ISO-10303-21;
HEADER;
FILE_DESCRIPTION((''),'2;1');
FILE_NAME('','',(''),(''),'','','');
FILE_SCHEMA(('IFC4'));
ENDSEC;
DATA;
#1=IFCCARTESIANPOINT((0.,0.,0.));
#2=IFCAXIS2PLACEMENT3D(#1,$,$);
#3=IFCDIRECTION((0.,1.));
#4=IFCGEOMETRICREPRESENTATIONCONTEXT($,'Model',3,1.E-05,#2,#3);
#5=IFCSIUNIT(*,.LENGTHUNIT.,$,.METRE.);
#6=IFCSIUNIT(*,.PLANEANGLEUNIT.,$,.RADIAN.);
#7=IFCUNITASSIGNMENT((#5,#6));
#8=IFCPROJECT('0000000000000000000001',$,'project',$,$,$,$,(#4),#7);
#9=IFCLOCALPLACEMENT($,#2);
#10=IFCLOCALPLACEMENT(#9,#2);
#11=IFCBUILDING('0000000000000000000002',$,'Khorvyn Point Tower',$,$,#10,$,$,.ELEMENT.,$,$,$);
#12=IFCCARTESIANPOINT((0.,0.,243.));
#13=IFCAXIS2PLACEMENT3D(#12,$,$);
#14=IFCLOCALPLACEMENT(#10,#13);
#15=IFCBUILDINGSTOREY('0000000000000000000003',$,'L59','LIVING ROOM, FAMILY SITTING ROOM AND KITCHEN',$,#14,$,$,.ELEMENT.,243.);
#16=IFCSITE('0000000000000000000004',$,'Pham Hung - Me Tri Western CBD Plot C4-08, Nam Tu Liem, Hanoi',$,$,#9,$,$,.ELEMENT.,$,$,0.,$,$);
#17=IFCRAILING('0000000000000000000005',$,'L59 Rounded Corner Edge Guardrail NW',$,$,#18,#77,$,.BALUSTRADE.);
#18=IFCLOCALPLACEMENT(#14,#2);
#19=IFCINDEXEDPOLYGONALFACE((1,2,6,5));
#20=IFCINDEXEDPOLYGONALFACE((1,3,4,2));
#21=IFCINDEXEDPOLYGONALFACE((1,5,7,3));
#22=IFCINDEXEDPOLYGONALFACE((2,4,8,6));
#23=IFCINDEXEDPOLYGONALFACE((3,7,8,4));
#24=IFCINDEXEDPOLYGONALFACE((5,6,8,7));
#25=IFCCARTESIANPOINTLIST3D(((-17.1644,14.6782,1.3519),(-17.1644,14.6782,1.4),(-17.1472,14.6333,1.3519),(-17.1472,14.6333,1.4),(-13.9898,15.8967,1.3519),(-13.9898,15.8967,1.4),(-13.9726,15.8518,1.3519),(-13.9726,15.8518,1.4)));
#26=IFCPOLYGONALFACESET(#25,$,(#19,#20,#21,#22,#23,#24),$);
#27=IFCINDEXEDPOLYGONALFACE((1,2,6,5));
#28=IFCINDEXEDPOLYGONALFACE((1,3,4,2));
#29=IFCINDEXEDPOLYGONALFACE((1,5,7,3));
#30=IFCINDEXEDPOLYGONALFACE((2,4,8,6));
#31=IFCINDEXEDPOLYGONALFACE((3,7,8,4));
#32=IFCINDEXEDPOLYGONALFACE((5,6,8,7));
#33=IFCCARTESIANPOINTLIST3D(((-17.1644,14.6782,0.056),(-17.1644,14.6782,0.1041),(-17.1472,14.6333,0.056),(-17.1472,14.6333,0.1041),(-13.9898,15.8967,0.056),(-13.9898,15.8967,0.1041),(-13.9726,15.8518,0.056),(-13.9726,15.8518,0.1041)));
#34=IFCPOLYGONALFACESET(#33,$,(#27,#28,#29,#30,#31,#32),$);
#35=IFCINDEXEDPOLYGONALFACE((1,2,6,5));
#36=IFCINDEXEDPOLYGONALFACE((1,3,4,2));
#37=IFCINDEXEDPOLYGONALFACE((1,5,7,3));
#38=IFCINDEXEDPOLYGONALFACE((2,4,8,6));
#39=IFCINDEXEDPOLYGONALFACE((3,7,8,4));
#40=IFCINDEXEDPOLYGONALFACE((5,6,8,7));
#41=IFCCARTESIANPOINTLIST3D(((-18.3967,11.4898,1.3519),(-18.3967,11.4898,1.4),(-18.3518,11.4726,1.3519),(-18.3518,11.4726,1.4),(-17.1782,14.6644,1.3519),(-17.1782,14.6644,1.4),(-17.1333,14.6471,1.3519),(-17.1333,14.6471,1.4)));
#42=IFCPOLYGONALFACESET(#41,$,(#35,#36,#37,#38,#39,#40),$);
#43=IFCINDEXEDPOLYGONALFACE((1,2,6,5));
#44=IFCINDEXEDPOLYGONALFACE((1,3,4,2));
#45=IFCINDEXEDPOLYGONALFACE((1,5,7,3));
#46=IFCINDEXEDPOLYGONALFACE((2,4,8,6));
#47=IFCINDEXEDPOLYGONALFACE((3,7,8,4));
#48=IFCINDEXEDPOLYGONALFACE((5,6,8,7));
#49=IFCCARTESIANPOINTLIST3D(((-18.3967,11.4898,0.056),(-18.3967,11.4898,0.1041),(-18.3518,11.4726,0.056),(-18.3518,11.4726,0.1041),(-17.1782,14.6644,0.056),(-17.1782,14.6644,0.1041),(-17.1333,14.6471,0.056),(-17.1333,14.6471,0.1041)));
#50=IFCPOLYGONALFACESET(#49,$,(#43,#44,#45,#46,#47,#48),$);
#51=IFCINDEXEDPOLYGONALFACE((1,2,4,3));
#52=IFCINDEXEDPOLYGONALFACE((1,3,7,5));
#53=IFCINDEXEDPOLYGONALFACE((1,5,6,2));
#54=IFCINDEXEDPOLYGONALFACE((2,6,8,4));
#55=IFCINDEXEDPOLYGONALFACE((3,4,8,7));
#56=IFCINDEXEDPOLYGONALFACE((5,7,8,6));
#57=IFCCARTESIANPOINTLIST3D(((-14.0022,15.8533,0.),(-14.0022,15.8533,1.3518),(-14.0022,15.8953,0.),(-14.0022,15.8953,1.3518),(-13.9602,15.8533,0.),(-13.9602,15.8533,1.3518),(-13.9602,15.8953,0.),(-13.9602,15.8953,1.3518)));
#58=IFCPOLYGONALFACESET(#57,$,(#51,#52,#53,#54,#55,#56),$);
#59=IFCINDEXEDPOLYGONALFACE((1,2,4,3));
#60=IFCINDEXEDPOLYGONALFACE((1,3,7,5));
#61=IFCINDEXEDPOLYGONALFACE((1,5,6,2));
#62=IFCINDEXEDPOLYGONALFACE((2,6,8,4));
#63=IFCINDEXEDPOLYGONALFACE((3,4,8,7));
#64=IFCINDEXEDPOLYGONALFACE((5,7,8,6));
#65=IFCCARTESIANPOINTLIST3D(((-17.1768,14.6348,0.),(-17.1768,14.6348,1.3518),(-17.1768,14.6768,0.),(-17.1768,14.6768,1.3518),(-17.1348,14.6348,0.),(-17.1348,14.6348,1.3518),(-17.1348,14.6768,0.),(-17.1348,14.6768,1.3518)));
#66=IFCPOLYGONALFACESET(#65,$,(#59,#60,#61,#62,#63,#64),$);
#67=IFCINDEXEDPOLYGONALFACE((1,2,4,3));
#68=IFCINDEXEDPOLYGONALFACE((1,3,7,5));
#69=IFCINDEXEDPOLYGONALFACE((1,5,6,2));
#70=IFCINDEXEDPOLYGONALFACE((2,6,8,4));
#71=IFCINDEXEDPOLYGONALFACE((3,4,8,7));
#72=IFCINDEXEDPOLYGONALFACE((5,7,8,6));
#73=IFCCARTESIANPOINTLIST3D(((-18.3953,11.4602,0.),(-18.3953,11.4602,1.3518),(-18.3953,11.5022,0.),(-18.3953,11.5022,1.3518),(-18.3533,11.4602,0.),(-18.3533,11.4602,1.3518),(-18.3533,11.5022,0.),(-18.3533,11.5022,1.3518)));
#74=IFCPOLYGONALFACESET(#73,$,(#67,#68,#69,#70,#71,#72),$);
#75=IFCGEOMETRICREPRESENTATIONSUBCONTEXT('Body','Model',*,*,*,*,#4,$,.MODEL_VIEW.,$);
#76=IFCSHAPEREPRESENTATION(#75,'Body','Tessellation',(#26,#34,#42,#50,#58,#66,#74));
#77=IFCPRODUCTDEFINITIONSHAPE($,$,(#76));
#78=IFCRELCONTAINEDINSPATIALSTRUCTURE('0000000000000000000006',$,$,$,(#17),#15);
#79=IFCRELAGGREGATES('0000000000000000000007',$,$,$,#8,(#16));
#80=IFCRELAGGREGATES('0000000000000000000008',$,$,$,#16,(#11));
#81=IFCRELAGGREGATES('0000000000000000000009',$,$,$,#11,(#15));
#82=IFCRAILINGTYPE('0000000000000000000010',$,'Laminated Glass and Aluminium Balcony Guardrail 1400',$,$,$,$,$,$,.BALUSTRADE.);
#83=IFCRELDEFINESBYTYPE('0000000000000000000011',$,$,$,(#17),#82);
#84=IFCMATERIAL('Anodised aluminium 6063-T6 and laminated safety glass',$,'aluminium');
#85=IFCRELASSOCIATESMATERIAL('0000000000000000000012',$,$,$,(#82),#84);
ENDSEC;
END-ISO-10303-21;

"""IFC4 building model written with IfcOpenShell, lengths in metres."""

from ifc_helpers import new_model, si_unit, direction, frame, origin, origin_2d, place, context, subcontext, project, spatial, rectangle, extrude, material, type_object, element, save


model = new_model("IFC4")

# Units and contexts
model_context = context("Model", 3, precision=1e-05, world=origin(), true_north=direction((0.0, 1.0)))
body_context = subcontext(model_context, "Body", "Model", "MODEL_VIEW")
ifc_project = project(units=[si_unit("LENGTHUNIT", "METRE"), si_unit("PLANEANGLEUNIT", "RADIAN")], contexts=[model_context])

# Site, building, storey
site_placement = place(None, origin())
site = spatial("IfcSite", under=ifc_project, at=site_placement, Name="Pham Hung - Me Tri Western CBD Plot C4-08, Nam Tu Liem, Hanoi", CompositionType="ELEMENT", RefElevation=0.0)
building_placement = place(site_placement, origin())
building = spatial("IfcBuilding", under=site, at=building_placement, Name="Khorvyn Point Tower", CompositionType="ELEMENT")
storey_placement = place(building_placement, frame((0.0, 0.0, 243.0)))
storey = spatial("IfcBuildingStorey", under=building, at=storey_placement, Name="L59", Description="LIVING ROOM, FAMILY SITTING ROOM AND KITCHEN", CompositionType="ELEMENT", Elevation=243.0)

# Railing
ifc_material_1 = material(Name="Anodised aluminium 6063-T6 and laminated safety glass", Category="aluminium")
railing_type = type_object("IfcRailingType", Name="Laminated Glass and Aluminium Balcony Guardrail 1400", PredefinedType="BALUSTRADE", material=ifc_material_1)
railing_1_placement = place(storey_placement, frame((-13.9812, 15.8743, 0.0)))
element("IfcRailing", 1, at=railing_1_placement, inside=storey, type_object=railing_type, Name="L59 Rounded Corner Edge Guardrail NW", PredefinedType="BALUSTRADE", context=body_context, shape_type="SweptSolid", body=[
    extrude(rectangle(XDim=0.0481, YDim=0.0481, at=origin_2d()), frame((0.0, 0.0, 1.376), z_axis=(-0.93359, -0.358344, 0.0), x_axis=(0.358344, -0.93359, 0.0)), (0.0, 0.0, 1.0), 3.4004),
    extrude(rectangle(XDim=0.0481, YDim=0.0481, at=origin_2d()), frame((0.0, 0.0, 0.0801), z_axis=(-0.93359, -0.358344, 0.0), x_axis=(0.358344, -0.93359, 0.0)), (0.0, 0.0, 1.0), 3.4004),
    extrude(rectangle(XDim=0.0481, YDim=0.0481, at=origin_2d()), frame((-3.1746, -1.2185, 1.376), z_axis=(-0.358344, -0.93359, 0.0), x_axis=(0.93359, -0.358344, 0.0)), (0.0, 0.0, 1.0), 3.4004),
    extrude(rectangle(XDim=0.0481, YDim=0.0481, at=origin_2d()), frame((-3.1746, -1.2185, 0.0801), z_axis=(-0.358344, -0.93359, 0.0), x_axis=(0.93359, -0.358344, 0.0)), (0.0, 0.0, 1.0), 3.4004),
    extrude(rectangle(XDim=0.042, YDim=0.042, at=origin_2d()), origin(), (0.0, 0.0, 1.0), 1.3518),
    extrude(rectangle(XDim=0.042, YDim=0.042, at=origin_2d()), frame((-3.1746, -1.2185, 0.0)), (0.0, 0.0, 1.0), 1.3518),
    extrude(rectangle(XDim=0.042, YDim=0.042, at=origin_2d()), frame((-4.3931, -4.3931, 0.0)), (0.0, 0.0, 1.0), 1.3518),
])

save(model, "model.ifc")
